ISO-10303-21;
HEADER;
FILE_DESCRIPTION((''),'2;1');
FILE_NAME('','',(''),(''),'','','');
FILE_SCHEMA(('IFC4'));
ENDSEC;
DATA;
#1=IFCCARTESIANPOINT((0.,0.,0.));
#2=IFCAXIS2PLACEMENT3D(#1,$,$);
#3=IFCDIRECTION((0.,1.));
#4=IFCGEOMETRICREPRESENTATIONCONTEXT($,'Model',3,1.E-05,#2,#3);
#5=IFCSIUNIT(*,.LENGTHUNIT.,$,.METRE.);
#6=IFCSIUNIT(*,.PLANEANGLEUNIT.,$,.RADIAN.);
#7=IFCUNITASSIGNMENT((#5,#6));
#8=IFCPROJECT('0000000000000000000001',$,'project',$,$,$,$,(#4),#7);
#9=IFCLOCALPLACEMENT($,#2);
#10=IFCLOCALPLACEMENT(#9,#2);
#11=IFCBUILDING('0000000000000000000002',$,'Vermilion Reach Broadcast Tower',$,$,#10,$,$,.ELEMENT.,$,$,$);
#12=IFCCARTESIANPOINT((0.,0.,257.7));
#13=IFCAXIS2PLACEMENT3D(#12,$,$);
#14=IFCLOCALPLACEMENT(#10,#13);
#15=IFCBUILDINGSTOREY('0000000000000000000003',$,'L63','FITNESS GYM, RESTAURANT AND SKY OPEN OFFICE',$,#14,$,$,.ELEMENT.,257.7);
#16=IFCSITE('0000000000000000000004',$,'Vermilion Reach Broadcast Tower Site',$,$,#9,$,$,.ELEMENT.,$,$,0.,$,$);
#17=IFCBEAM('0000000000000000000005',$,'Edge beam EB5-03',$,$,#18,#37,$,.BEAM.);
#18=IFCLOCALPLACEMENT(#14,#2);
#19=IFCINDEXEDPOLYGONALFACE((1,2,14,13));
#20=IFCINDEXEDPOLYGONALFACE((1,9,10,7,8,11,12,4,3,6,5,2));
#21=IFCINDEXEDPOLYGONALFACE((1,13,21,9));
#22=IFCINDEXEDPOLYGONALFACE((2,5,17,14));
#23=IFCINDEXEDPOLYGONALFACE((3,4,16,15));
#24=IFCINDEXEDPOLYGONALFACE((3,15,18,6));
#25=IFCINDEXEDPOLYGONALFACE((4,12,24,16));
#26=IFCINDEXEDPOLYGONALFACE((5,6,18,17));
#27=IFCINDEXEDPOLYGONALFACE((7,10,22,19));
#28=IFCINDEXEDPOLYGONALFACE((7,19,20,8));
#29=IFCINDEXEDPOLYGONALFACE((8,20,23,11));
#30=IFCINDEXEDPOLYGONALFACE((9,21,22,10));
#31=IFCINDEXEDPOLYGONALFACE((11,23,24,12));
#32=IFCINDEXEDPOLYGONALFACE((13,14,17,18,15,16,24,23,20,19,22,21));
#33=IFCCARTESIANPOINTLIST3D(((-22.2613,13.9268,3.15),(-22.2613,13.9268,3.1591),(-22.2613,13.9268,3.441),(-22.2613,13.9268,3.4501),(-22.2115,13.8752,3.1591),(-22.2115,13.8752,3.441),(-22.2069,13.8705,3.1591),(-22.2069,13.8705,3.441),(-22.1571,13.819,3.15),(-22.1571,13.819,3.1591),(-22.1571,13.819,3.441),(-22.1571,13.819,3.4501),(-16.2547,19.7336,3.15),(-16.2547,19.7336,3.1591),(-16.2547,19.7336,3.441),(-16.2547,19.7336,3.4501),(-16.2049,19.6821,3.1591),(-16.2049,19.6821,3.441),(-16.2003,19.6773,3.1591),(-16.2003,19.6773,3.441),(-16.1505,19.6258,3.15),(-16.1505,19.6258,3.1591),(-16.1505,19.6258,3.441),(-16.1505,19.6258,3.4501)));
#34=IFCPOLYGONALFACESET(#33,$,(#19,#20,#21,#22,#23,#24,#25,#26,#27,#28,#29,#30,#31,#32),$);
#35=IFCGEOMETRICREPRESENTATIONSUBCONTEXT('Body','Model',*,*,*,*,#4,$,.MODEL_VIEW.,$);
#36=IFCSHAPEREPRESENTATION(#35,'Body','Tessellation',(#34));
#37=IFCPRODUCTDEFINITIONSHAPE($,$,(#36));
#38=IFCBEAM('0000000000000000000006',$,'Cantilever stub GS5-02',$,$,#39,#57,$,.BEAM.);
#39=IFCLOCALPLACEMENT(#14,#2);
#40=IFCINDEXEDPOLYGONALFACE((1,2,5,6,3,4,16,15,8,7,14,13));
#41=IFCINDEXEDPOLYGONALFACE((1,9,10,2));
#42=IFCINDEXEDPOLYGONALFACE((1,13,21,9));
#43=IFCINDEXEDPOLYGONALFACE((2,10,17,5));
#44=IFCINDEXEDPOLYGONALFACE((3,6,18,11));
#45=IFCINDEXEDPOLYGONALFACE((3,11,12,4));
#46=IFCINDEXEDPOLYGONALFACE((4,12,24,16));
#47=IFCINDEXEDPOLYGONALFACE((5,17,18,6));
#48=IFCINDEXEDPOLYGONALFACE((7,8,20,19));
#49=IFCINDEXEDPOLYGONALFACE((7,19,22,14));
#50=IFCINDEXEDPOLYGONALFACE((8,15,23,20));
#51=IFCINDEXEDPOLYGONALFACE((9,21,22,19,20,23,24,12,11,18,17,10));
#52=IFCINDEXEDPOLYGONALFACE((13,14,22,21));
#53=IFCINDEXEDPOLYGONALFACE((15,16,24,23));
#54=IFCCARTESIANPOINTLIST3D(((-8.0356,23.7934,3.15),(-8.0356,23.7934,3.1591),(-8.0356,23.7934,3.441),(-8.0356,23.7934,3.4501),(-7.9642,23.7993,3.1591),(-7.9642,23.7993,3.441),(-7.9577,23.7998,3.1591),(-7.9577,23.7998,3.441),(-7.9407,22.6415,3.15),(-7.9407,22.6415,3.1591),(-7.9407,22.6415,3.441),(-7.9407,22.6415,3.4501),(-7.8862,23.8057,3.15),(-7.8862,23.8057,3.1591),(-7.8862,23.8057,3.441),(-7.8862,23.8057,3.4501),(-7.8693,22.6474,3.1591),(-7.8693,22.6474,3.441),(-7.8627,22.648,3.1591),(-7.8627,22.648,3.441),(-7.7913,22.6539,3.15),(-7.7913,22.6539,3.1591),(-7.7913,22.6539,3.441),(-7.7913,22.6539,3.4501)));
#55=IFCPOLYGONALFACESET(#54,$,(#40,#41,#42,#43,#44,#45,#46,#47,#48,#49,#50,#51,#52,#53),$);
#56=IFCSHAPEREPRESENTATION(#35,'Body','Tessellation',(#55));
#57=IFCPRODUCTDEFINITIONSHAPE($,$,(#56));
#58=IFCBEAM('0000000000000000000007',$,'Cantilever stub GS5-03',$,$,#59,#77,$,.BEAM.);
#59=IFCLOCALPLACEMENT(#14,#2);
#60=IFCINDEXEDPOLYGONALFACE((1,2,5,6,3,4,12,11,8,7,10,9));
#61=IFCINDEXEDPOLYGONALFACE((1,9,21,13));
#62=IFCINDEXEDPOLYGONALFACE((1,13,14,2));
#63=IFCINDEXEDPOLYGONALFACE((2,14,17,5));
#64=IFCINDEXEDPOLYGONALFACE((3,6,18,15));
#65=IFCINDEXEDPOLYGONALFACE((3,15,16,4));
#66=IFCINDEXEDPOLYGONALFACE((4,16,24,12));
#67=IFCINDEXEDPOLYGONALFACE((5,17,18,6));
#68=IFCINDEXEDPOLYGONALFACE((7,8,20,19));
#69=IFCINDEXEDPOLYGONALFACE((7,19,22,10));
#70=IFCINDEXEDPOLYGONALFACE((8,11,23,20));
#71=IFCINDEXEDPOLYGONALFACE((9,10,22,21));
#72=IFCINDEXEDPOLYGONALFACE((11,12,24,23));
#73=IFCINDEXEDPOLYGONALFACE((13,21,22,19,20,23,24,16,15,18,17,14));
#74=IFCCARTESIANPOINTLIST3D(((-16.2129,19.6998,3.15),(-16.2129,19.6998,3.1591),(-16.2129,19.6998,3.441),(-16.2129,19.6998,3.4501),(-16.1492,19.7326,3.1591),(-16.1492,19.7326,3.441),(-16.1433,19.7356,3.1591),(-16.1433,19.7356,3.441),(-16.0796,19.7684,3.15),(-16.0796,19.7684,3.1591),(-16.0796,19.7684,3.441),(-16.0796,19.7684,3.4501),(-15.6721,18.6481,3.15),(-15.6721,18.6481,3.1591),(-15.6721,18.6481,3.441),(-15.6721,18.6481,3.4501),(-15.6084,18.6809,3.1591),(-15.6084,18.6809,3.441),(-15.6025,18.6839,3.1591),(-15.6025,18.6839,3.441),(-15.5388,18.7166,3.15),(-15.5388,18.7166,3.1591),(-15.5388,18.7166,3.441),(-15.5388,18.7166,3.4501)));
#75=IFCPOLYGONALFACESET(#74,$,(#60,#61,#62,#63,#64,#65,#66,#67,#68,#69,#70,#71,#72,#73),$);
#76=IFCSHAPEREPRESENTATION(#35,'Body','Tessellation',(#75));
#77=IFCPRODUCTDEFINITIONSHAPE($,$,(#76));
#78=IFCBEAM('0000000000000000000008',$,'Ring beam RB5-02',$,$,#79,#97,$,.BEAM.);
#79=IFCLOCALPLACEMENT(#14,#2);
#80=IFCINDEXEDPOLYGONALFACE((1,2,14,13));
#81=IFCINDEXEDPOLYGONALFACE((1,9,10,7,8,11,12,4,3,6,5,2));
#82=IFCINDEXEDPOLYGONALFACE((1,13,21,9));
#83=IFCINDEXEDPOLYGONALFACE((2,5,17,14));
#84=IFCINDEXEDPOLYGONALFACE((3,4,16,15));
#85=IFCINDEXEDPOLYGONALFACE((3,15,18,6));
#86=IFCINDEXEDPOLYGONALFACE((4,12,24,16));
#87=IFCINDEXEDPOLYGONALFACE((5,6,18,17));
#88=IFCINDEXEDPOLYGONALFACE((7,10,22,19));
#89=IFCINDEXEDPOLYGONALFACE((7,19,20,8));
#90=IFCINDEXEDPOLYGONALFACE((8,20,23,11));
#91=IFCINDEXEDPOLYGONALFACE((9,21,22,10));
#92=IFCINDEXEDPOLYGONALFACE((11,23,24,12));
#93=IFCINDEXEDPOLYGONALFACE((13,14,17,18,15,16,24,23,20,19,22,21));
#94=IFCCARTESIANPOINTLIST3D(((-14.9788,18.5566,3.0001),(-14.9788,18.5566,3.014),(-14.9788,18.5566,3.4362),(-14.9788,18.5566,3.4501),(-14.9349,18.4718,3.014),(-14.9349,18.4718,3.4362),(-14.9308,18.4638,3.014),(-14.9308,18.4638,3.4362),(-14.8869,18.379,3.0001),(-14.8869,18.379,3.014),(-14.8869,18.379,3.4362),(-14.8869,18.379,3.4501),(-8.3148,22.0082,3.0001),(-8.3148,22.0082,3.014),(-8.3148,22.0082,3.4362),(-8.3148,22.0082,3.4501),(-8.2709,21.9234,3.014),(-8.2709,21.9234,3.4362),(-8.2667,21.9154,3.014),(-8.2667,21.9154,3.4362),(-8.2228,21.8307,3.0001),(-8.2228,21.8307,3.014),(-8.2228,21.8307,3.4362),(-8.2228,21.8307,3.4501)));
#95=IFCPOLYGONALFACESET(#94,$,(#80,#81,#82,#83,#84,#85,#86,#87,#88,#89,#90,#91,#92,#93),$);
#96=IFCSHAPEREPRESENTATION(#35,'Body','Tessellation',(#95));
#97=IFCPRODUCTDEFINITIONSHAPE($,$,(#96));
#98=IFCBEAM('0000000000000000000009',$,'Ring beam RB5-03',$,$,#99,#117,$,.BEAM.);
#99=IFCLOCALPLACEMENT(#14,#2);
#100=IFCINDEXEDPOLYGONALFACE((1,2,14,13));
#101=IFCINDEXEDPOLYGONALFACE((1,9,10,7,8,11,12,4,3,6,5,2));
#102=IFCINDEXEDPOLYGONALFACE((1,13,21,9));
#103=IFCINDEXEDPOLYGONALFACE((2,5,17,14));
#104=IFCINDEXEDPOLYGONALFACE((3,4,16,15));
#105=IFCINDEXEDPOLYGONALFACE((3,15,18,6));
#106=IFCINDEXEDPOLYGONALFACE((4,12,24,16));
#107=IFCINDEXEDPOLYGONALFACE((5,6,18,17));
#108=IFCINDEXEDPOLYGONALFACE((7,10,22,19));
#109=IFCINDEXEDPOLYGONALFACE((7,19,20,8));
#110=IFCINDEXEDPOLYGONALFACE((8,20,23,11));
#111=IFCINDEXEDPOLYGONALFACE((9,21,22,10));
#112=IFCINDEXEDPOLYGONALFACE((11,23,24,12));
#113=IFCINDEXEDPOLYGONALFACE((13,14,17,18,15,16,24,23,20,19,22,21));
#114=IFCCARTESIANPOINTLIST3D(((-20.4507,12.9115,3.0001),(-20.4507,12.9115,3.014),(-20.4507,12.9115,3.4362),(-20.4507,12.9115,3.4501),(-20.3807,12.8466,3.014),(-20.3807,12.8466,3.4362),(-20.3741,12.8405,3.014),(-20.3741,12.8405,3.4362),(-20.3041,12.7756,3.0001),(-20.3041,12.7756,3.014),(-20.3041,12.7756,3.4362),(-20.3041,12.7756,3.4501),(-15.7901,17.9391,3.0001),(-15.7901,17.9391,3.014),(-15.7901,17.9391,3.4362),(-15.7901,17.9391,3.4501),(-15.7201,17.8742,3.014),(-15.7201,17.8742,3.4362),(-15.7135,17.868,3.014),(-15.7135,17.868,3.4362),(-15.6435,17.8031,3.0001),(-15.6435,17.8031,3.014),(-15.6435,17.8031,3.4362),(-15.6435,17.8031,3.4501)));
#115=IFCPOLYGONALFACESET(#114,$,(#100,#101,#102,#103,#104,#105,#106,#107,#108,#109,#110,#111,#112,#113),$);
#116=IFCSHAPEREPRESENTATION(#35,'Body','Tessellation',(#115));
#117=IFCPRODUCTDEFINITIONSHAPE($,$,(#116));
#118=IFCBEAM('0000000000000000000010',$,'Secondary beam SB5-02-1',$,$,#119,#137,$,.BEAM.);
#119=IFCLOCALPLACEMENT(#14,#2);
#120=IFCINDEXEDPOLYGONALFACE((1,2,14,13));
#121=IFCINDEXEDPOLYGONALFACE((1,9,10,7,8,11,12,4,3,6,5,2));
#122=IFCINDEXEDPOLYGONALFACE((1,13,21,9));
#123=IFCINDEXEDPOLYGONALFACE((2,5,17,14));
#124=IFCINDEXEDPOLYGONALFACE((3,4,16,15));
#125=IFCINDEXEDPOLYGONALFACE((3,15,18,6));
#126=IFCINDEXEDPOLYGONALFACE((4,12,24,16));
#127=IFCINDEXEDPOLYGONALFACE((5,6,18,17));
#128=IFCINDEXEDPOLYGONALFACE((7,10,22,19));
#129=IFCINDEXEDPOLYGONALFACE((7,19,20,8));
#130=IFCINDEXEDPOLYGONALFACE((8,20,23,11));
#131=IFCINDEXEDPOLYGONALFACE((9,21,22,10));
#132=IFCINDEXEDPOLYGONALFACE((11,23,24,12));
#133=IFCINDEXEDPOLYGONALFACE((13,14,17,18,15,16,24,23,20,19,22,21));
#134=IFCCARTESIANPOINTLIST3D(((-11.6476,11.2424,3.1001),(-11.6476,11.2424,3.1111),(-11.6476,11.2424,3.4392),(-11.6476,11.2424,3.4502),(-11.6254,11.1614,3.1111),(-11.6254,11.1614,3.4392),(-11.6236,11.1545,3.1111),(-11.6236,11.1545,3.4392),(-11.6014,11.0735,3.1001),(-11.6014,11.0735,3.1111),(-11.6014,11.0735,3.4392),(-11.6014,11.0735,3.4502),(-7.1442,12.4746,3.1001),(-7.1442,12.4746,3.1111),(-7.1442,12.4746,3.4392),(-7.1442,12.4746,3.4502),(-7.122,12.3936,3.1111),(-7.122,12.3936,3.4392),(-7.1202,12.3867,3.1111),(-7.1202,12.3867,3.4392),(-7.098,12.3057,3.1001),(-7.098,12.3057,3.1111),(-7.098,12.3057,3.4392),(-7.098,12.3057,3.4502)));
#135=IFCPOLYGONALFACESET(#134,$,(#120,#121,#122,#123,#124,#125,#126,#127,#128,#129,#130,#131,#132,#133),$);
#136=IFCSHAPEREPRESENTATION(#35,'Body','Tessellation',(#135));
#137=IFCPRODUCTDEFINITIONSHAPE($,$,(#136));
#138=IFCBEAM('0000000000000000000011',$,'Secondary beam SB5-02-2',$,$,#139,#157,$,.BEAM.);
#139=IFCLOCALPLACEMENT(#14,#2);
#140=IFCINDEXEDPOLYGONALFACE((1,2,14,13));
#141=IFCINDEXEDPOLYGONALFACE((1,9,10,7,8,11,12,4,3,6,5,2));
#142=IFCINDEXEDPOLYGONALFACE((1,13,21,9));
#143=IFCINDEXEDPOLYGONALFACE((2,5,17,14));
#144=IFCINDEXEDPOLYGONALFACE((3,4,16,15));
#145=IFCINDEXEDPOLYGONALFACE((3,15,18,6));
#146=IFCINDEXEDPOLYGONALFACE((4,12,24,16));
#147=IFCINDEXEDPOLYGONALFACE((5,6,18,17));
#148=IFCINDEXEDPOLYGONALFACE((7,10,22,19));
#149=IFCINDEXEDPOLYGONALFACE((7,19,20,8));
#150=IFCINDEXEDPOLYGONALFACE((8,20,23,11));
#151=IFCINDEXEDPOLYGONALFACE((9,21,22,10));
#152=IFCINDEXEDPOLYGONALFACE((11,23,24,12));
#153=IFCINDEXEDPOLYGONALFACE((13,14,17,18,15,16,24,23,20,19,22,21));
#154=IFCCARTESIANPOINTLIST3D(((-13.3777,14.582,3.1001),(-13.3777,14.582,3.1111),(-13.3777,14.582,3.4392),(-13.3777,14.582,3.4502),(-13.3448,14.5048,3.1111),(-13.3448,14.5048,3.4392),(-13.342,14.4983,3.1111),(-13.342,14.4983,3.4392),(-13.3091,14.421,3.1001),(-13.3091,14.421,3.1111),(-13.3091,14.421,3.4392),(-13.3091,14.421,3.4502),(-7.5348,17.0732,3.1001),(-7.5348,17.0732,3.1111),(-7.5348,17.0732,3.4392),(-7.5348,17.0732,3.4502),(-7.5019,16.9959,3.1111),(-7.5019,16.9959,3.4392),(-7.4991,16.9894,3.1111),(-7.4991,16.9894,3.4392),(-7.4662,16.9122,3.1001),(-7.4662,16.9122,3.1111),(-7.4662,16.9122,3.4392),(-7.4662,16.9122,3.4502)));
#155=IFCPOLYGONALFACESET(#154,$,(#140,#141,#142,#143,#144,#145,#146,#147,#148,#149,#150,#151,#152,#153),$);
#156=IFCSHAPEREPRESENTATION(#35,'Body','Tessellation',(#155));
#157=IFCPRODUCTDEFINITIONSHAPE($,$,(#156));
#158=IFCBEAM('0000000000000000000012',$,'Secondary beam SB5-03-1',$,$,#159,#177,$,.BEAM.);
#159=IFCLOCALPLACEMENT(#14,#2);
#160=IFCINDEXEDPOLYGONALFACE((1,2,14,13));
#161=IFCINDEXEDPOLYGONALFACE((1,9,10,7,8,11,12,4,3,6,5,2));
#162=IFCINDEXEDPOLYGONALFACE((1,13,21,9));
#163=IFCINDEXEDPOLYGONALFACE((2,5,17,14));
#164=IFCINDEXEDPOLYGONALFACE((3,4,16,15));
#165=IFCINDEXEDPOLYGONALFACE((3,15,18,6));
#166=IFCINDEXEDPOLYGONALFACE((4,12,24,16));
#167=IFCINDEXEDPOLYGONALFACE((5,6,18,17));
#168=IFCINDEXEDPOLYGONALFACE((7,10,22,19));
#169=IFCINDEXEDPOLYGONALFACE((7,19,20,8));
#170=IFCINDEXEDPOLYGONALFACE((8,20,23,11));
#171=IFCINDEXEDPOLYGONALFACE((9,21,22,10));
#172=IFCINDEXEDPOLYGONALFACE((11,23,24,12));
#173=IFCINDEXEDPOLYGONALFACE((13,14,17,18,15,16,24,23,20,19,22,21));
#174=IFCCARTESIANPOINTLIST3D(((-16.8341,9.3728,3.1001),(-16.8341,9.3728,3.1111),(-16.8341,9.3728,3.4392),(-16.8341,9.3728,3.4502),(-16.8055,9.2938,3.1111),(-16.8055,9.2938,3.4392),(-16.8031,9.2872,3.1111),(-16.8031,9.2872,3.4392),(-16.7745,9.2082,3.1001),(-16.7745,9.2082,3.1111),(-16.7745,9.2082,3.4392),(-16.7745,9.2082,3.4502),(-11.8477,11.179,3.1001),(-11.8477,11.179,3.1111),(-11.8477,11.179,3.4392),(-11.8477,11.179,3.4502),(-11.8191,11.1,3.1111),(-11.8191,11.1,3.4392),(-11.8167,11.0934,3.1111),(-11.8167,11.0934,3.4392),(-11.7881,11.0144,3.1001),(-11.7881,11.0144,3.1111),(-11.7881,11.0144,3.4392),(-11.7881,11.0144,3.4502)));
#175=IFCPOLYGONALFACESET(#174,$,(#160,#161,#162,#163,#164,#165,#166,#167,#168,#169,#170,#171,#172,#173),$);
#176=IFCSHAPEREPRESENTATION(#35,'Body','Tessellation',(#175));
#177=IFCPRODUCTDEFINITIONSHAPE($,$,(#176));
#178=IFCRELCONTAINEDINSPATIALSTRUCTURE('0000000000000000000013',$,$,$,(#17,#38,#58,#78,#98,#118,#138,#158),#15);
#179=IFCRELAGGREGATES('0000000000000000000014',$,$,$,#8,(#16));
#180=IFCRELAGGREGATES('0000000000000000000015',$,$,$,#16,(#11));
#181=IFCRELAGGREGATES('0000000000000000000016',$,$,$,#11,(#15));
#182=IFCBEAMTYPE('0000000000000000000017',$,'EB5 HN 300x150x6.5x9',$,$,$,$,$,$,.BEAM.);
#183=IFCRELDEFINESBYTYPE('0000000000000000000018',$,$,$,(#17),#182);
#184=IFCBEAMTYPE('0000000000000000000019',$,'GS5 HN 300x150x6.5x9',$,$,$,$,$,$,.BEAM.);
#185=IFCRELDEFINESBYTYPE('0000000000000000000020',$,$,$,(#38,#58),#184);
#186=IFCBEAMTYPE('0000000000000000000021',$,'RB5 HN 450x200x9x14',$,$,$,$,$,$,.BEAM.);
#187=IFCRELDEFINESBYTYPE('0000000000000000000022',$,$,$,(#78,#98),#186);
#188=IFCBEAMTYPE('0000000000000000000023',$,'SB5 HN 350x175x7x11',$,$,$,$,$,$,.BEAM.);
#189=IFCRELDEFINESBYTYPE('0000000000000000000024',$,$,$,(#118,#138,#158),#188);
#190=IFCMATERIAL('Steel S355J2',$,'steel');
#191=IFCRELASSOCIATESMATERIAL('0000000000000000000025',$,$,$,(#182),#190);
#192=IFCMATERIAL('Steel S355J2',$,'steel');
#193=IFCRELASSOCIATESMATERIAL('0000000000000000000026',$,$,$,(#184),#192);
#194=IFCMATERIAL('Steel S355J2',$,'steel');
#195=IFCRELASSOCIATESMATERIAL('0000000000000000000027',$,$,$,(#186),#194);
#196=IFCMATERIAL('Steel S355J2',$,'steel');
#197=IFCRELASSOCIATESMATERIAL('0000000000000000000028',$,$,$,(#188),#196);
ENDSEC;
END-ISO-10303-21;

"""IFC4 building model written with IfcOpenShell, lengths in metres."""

from ifc_helpers import new_model, si_unit, direction, frame, origin, origin_2d, place, context, subcontext, project, spatial, i_section, extrude, material, material_profile, profile_set, type_object, element, save


model = new_model("IFC4")

# Units and contexts
model_context = context("Model", 3, precision=1e-05, world=origin(), true_north=direction((0.0, 1.0)))
body_context = subcontext(model_context, "Body", "Model", "MODEL_VIEW")
ifc_project = project(units=[si_unit("LENGTHUNIT", "METRE"), si_unit("PLANEANGLEUNIT", "RADIAN")], contexts=[model_context])

# Site, building, storey
site_placement = place(None, origin())
site = spatial("IfcSite", under=ifc_project, at=site_placement, Name="Vermilion Reach Broadcast Tower Site", CompositionType="ELEMENT", RefElevation=0.0)
building_placement = place(site_placement, origin())
building = spatial("IfcBuilding", under=site, at=building_placement, Name="Vermilion Reach Broadcast Tower", CompositionType="ELEMENT")
storey_placement = place(building_placement, frame((0.0, 0.0, 257.7)))
storey = spatial("IfcBuildingStorey", under=building, at=storey_placement, Name="L63", Description="FITNESS GYM, RESTAURANT AND SKY OPEN OFFICE", CompositionType="ELEMENT", Elevation=257.7)

# Beams
ifc_material_1 = material(Name="Steel S355J2", Category="steel")
ifc_material_profile_1 = material_profile(ifc_material_1, i_section(OverallWidth=0.1499, OverallDepth=0.3, WebThickness=0.0066, FlangeThickness=0.009, at=origin_2d()), Name="S355J2 HN 300x150x6.5x9")
ifc_profile_set_1 = profile_set([ifc_material_profile_1], Name="Steel S355J2")
beam_type_1 = type_object("IfcBeamType", Name="EB5 HN 300x150x6.5x9", PredefinedType="BEAM", material=ifc_profile_set_1)
beam_1_placement = place(storey_placement, frame((-16.2026, 19.6797, 3.3), z_axis=(-0.718958, -0.695054, 0.0), x_axis=(0.695054, -0.718958, 0.0)))
element("IfcBeam", 1, at=beam_1_placement, inside=storey, type_object=beam_type_1, Name="Edge beam EB5-03", PredefinedType="BEAM", context=body_context, shape_type="SweptSolid", body=[
    extrude(i_section(OverallWidth=0.1499, OverallDepth=0.3, WebThickness=0.0066, FlangeThickness=0.009, at=origin_2d()), origin(), (0.0, 0.0, 1.0), 8.3545),
])
ifc_material_2 = material(Name="Steel S355J2", Category="steel")
ifc_material_profile_2 = material_profile(ifc_material_2, i_section(OverallWidth=0.1499, OverallDepth=0.3, WebThickness=0.0066, FlangeThickness=0.009, at=origin_2d()), Name="S355J2 HN 300x150x6.5x9")
ifc_profile_set_2 = profile_set([ifc_material_profile_2], Name="Steel S355J2")
beam_type_2 = type_object("IfcBeamType", Name="GS5 HN 300x150x6.5x9", PredefinedType="BEAM", material=ifc_profile_set_2)
beam_2_placement = place(storey_placement, frame((-7.866, 22.6477, 3.3), z_axis=(-0.082171, 0.996618, 0.0), x_axis=(-0.996618, -0.082171, 0.0)))
element("IfcBeam", 2, at=beam_2_placement, inside=storey, type_object=beam_type_2, Name="Cantilever stub GS5-02", PredefinedType="BEAM", context=body_context, shape_type="SweptSolid", body=[
    extrude(i_section(OverallWidth=0.1499, OverallDepth=0.3, WebThickness=0.0066, FlangeThickness=0.009, at=origin_2d()), origin(), (0.0, 0.0, 1.0), 1.1558),
])
beam_3_placement = place(storey_placement, frame((-15.6055, 18.6824, 3.3), z_axis=(-0.457259, 0.889333, 0.0), x_axis=(-0.889333, -0.457259, 0.0)))
element("IfcBeam", 3, at=beam_3_placement, inside=storey, type_object=beam_type_2, Name="Cantilever stub GS5-03", PredefinedType="BEAM", context=body_context, shape_type="SweptSolid", body=[
    extrude(i_section(OverallWidth=0.1499, OverallDepth=0.3, WebThickness=0.0066, FlangeThickness=0.009, at=origin_2d()), origin(), (0.0, 0.0, 1.0), 1.1826),
])
ifc_material_3 = material(Name="Steel S355J2", Category="steel")
ifc_material_profile_3 = material_profile(ifc_material_3, i_section(OverallWidth=0.2, OverallDepth=0.45, WebThickness=0.009, FlangeThickness=0.0139, at=origin_2d()), Name="S355J2 HN 450x200x9x14")
ifc_profile_set_3 = profile_set([ifc_material_profile_3], Name="Steel S355J2")
beam_type_3 = type_object("IfcBeamType", Name="RB5 HN 450x200x9x14", PredefinedType="BEAM", material=ifc_profile_set_3)
beam_4_placement = place(storey_placement, frame((-8.2688, 21.9194, 3.2251), z_axis=(-0.88796, -0.45992, 0.0), x_axis=(0.45992, -0.88796, 0.0)))
element("IfcBeam", 4, at=beam_4_placement, inside=storey, type_object=beam_type_3, Name="Ring beam RB5-02", PredefinedType="BEAM", context=body_context, shape_type="SweptSolid", body=[
    extrude(i_section(OverallWidth=0.2, OverallDepth=0.45, WebThickness=0.009, FlangeThickness=0.0139, at=origin_2d()), origin(), (0.0, 0.0, 1.0), 7.5049),
])
beam_5_placement = place(storey_placement, frame((-15.7168, 17.8711, 3.2251), z_axis=(-0.679838, -0.733363, 0.0), x_axis=(0.733363, -0.679838, 0.0)))
element("IfcBeam", 5, at=beam_5_placement, inside=storey, type_object=beam_type_3, Name="Ring beam RB5-03", PredefinedType="BEAM", context=body_context, shape_type="SweptSolid", body=[
    extrude(i_section(OverallWidth=0.2, OverallDepth=0.45, WebThickness=0.009, FlangeThickness=0.0139, at=origin_2d()), origin(), (0.0, 0.0, 1.0), 6.8555),
])
ifc_material_4 = material(Name="Steel S355J2", Category="steel")
ifc_material_profile_4 = material_profile(ifc_material_4, i_section(OverallWidth=0.175, OverallDepth=0.3501, WebThickness=0.0071, FlangeThickness=0.011, at=origin_2d()), Name="S355J2 HN 350x175x7x11")
ifc_profile_set_4 = profile_set([ifc_material_profile_4], Name="Steel S355J2")
beam_type_4 = type_object("IfcBeamType", Name="SB5 HN 350x175x7x11", PredefinedType="BEAM", material=ifc_profile_set_4)
beam_6_placement = place(storey_placement, frame((-7.1211, 12.3901, 3.2751), z_axis=(-0.964547, -0.263909, 0.0), x_axis=(0.263909, -0.964547, 0.0)))
element("IfcBeam", 6, at=beam_6_placement, inside=storey, type_object=beam_type_4, Name="Secondary beam SB5-02-1", PredefinedType="BEAM", context=body_context, shape_type="SweptSolid", body=[
    extrude(i_section(OverallWidth=0.175, OverallDepth=0.3501, WebThickness=0.0071, FlangeThickness=0.011, at=origin_2d()), origin(), (0.0, 0.0, 1.0), 4.6689),
])
beam_7_placement = place(storey_placement, frame((-7.5005, 16.9927, 3.2751), z_axis=(-0.919881, -0.392198, 0.0), x_axis=(0.392198, -0.919881, 0.0)))
element("IfcBeam", 7, at=beam_7_placement, inside=storey, type_object=beam_type_4, Name="Secondary beam SB5-02-2", PredefinedType="BEAM", context=body_context, shape_type="SweptSolid", body=[
    extrude(i_section(OverallWidth=0.175, OverallDepth=0.3501, WebThickness=0.0071, FlangeThickness=0.011, at=origin_2d()), origin(), (0.0, 0.0, 1.0), 6.3518),
])
beam_8_placement = place(storey_placement, frame((-11.8179, 11.0967, 3.2751), z_axis=(-0.94022, -0.340567, 0.0), x_axis=(0.340567, -0.94022, 0.0)))
element("IfcBeam", 8, at=beam_8_placement, inside=storey, type_object=beam_type_4, Name="Secondary beam SB5-03-1", PredefinedType="BEAM", context=body_context, shape_type="SweptSolid", body=[
    extrude(i_section(OverallWidth=0.175, OverallDepth=0.3501, WebThickness=0.0071, FlangeThickness=0.011, at=origin_2d()), origin(), (0.0, 0.0, 1.0), 5.3035),
])

save(model, "model.ifc")
